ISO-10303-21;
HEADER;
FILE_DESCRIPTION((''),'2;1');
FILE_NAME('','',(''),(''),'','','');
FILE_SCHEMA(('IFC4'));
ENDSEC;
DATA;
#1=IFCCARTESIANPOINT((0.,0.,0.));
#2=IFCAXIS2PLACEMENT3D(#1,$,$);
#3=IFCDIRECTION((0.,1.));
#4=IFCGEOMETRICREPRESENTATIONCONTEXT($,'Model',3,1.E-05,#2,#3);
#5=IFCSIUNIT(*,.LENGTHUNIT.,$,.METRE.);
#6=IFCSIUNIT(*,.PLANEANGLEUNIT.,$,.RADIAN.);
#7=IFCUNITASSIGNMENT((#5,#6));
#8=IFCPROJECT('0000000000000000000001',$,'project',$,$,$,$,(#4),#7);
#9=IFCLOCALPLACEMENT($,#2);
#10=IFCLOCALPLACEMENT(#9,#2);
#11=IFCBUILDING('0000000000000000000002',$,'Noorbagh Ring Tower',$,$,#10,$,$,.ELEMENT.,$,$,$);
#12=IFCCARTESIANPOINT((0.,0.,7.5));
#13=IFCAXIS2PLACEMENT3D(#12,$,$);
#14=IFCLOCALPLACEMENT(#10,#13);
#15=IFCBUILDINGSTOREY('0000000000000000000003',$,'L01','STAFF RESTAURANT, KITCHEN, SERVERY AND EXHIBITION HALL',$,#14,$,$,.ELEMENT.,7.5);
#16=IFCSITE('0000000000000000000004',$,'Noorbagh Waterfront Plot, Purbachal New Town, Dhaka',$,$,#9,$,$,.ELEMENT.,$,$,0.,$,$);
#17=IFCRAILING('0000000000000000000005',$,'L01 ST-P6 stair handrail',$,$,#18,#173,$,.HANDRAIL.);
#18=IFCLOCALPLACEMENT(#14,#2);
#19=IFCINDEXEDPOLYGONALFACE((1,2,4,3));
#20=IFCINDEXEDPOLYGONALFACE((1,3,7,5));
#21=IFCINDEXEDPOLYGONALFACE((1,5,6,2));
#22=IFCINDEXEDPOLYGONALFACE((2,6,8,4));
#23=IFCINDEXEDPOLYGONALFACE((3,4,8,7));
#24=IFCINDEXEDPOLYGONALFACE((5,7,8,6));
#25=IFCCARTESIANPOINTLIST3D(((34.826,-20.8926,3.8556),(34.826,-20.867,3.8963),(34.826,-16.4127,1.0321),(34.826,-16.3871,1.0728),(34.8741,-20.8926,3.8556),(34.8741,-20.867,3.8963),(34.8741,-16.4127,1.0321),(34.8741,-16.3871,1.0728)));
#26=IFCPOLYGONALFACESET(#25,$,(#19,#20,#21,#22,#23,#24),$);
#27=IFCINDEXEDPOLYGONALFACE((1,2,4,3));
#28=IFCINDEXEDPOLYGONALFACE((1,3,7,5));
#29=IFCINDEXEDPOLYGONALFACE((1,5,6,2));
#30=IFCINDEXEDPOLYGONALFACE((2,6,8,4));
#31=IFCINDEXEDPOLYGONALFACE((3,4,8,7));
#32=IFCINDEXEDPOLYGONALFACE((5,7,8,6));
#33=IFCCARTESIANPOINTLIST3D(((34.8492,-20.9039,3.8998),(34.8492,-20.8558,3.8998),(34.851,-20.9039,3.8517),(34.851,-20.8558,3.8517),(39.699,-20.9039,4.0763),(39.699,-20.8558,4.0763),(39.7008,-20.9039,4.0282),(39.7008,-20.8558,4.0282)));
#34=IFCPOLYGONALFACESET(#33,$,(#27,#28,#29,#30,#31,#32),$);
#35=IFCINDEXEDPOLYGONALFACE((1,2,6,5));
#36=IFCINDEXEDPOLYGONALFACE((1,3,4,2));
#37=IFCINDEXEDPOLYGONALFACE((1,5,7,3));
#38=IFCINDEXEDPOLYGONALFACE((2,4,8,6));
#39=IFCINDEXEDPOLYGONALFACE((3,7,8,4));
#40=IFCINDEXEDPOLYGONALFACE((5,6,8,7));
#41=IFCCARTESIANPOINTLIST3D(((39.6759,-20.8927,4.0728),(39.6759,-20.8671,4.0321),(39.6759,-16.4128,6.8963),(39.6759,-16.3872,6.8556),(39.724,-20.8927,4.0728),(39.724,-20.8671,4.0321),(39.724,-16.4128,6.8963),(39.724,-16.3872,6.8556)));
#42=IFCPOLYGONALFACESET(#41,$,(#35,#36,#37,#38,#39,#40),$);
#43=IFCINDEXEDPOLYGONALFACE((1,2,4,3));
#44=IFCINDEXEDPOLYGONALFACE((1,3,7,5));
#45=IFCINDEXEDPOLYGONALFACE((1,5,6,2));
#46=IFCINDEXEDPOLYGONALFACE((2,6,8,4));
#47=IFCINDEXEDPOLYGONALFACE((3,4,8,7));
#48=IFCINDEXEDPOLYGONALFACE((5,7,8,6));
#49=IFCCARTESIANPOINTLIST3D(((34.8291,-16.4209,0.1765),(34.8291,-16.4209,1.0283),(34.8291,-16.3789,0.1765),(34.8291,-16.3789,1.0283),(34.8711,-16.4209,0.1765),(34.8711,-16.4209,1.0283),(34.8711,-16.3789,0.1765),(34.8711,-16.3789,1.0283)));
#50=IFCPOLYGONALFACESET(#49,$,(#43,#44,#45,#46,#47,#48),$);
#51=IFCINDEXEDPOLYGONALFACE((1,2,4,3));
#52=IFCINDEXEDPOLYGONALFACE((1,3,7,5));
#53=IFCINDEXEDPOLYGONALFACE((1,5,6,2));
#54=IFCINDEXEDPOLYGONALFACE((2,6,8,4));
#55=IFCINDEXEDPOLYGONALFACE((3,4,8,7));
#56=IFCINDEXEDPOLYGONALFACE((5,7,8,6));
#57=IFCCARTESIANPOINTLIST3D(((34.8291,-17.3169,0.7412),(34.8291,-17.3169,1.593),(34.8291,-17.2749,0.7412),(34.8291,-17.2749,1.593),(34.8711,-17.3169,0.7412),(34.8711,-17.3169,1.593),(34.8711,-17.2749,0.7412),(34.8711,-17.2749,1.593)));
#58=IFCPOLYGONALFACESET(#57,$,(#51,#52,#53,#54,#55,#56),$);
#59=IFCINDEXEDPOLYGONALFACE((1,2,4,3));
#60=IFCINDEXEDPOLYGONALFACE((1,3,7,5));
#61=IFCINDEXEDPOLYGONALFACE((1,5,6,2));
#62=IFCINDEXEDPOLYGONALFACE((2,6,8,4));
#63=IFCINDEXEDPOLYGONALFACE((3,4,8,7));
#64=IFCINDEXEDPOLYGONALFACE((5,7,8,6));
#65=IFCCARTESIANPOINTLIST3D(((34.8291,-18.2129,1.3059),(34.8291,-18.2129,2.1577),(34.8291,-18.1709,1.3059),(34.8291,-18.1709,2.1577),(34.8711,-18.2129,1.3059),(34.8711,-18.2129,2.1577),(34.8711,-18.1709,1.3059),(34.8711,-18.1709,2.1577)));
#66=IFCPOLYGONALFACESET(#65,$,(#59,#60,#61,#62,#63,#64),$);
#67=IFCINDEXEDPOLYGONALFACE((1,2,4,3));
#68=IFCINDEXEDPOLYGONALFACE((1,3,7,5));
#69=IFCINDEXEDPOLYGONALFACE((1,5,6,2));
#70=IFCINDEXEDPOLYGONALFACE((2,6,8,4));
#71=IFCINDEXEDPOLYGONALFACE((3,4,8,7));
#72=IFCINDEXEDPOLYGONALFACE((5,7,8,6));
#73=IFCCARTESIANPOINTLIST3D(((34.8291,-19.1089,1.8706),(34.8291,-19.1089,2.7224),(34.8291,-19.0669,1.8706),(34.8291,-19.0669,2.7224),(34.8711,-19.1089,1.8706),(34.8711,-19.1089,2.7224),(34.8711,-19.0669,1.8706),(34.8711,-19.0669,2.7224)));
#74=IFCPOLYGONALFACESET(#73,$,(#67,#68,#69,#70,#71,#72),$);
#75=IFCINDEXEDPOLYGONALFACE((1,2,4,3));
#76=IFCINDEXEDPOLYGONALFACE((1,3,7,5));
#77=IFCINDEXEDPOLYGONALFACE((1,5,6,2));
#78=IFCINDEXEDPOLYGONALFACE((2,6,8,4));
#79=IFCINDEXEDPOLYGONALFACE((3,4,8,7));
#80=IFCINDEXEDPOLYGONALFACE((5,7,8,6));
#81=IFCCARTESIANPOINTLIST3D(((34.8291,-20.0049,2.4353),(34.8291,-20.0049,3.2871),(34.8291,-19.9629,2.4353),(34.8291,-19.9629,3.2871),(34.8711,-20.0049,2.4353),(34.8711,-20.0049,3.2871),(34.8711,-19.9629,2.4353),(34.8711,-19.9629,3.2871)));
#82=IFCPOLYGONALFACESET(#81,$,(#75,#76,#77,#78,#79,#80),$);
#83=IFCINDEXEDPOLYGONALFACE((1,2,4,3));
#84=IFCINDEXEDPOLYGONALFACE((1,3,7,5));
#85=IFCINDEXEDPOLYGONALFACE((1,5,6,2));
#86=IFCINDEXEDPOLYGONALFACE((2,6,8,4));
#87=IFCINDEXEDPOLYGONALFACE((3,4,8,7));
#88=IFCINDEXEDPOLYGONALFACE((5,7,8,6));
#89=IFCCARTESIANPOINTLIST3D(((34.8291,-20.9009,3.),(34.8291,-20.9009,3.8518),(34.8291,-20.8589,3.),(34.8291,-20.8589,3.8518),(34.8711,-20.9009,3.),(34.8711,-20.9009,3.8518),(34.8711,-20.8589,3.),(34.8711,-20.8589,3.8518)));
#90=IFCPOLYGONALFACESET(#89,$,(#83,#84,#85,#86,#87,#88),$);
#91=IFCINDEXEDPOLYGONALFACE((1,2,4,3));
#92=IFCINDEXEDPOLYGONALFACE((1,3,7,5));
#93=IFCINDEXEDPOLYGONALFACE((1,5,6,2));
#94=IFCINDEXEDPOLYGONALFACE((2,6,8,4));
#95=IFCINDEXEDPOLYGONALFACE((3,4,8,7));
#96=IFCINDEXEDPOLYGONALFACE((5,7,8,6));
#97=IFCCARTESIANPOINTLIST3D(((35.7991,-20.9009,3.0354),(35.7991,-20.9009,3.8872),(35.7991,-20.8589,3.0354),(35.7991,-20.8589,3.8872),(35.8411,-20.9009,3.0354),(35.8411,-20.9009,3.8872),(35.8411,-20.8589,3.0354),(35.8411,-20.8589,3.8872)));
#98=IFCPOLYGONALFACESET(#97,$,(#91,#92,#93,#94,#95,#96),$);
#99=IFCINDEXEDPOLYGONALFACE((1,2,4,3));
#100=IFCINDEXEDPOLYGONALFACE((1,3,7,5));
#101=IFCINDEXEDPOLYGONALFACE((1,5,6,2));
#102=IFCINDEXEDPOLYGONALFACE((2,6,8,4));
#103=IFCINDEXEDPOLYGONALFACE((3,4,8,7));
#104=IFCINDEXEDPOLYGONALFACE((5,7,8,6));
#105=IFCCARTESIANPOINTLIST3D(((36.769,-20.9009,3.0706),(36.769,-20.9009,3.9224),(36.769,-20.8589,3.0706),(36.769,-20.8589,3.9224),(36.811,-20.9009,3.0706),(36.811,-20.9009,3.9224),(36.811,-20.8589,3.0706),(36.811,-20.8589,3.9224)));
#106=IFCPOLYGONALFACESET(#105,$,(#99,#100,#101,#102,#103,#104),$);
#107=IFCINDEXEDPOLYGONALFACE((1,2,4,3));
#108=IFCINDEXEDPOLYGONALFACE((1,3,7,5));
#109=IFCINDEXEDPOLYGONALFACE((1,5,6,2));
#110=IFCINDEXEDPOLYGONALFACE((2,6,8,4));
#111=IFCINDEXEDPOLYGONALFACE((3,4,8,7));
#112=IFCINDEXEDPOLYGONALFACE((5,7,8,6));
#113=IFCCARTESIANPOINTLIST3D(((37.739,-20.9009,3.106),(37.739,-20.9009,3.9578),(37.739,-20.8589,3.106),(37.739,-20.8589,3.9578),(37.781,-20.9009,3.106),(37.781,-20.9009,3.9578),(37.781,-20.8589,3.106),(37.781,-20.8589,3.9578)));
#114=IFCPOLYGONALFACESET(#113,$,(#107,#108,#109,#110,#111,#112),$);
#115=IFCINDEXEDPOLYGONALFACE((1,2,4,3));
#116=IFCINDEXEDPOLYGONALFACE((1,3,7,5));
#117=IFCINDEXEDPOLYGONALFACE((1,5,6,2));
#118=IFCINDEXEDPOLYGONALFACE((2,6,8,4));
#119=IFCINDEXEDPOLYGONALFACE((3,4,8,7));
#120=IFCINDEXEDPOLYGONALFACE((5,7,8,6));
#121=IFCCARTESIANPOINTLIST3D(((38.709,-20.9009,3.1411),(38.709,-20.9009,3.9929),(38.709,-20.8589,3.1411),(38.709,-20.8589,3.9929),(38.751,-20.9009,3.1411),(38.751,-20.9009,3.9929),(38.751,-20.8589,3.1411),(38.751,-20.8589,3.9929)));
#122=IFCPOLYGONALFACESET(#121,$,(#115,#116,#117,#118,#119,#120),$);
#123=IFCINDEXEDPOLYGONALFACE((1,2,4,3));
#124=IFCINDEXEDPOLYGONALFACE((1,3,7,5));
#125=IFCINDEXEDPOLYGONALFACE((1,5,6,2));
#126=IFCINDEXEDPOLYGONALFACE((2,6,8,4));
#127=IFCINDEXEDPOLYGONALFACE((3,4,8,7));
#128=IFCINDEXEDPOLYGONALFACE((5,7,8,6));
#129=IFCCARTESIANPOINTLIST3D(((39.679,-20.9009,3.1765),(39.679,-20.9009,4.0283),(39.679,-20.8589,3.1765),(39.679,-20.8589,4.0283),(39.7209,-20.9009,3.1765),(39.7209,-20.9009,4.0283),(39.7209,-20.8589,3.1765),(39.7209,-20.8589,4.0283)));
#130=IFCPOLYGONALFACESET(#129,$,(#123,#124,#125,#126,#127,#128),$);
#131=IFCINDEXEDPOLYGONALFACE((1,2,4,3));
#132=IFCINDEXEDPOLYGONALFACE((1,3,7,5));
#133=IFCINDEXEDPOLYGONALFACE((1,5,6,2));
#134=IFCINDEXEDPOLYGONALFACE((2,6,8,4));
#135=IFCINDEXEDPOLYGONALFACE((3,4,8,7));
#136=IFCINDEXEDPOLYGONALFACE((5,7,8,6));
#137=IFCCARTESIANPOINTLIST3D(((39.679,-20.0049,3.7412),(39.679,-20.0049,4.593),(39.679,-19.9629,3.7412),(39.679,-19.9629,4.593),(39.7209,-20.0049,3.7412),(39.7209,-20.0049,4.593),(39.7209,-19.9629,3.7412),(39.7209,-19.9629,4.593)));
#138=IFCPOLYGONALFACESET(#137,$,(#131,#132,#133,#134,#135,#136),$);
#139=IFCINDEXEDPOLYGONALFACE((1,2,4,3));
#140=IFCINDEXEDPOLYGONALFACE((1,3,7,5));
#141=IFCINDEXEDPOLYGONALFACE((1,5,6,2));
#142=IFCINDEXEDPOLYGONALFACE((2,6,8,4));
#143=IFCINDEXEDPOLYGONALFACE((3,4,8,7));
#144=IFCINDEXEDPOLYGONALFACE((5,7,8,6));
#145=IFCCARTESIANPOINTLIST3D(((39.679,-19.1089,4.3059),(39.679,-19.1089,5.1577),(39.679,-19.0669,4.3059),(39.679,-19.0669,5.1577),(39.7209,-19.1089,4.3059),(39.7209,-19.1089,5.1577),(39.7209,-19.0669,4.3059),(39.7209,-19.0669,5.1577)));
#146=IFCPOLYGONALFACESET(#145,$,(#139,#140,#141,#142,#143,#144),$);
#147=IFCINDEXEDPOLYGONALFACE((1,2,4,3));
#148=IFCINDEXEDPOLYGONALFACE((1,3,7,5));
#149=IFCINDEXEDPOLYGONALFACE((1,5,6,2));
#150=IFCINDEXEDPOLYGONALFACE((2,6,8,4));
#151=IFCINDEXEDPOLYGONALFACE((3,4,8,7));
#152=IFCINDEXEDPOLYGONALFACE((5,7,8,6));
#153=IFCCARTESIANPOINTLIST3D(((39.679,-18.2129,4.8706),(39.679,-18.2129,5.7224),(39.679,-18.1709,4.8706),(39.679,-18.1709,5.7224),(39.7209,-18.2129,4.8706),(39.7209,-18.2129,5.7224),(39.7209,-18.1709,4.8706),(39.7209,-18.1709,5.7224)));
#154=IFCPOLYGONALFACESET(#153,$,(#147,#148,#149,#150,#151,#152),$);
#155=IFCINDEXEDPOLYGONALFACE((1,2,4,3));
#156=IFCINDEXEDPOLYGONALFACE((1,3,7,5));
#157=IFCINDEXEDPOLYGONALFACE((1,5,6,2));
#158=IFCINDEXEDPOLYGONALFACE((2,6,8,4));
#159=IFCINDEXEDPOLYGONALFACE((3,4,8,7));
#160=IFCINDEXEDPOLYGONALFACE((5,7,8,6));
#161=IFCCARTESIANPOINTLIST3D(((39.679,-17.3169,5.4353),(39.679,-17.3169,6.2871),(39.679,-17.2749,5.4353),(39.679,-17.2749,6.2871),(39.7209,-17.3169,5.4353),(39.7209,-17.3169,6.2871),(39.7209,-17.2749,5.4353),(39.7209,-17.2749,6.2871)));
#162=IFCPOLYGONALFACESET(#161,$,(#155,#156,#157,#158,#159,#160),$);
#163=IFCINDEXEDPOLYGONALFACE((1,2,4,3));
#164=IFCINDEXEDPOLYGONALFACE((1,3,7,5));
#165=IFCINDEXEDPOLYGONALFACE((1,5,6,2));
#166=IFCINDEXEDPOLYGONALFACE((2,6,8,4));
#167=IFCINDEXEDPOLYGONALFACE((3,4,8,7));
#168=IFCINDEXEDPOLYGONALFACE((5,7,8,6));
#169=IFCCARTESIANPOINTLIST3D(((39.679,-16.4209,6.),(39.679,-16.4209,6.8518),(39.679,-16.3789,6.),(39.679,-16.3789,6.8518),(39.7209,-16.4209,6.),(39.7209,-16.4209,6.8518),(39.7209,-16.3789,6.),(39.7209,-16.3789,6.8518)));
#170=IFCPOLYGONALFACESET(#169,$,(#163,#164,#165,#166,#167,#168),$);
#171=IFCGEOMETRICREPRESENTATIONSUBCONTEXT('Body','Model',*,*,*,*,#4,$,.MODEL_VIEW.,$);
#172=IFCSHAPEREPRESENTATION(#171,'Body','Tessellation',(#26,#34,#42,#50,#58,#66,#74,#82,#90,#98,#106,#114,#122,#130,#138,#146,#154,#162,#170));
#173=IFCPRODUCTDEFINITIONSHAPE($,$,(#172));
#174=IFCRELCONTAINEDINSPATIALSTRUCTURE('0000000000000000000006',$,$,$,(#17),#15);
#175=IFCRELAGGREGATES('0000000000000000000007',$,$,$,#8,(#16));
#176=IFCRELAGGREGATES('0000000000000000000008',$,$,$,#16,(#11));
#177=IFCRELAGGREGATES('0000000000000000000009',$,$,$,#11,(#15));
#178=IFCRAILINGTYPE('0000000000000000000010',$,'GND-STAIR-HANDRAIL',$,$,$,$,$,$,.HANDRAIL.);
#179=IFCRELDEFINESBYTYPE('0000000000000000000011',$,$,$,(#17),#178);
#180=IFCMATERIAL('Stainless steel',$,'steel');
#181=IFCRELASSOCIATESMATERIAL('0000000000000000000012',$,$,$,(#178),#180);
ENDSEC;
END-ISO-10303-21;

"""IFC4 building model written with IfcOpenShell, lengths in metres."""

from ifc_helpers import new_model, si_unit, direction, frame, origin, origin_2d, place, context, subcontext, project, spatial, rectangle, extrude, material, type_object, element, save


model = new_model("IFC4")

# Units and contexts
model_context = context("Model", 3, precision=1e-05, world=origin(), true_north=direction((0.0, 1.0)))
body_context = subcontext(model_context, "Body", "Model", "MODEL_VIEW")
ifc_project = project(units=[si_unit("LENGTHUNIT", "METRE"), si_unit("PLANEANGLEUNIT", "RADIAN")], contexts=[model_context])

# Site, building, storey
site_placement = place(None, origin())
site = spatial("IfcSite", under=ifc_project, at=site_placement, Name="Noorbagh Waterfront Plot, Purbachal New Town, Dhaka", CompositionType="ELEMENT", RefElevation=0.0)
building_placement = place(site_placement, origin())
building = spatial("IfcBuilding", under=site, at=building_placement, Name="Noorbagh Ring Tower", CompositionType="ELEMENT")
storey_placement = place(building_placement, frame((0.0, 0.0, 7.5)))
storey = spatial("IfcBuildingStorey", under=building, at=storey_placement, Name="L01", Description="STAFF RESTAURANT, KITCHEN, SERVERY AND EXHIBITION HALL", CompositionType="ELEMENT", Elevation=7.5)

# Railing
ifc_material_1 = material(Name="Stainless steel", Category="steel")
railing_type_1 = type_object("IfcRailingType", Name="GND-STAIR-HANDRAIL", PredefinedType="HANDRAIL", material=ifc_material_1)
railing_1_placement = place(storey_placement, frame((34.8501, -16.3999, 0.1765)))
element("IfcRailing", 1, at=railing_1_placement, inside=storey, type_object=railing_type_1, Name="L01 ST-P6 stair handrail", PredefinedType="HANDRAIL", context=body_context, shape_type="SweptSolid", body=[
    extrude(rectangle(XDim=0.0481, YDim=0.0481, at=origin_2d()), frame((0.0, 0.0, 0.876), z_axis=(0.0, -0.845998, 0.533186), x_axis=(1.0, 0.0, 0.0)), (0.0, 0.0, 1.0), 5.2954),
    extrude(rectangle(XDim=0.0481, YDim=0.0481, at=origin_2d()), frame((0.0, -4.48, 3.6992), z_axis=(0.999338, 0.0, 0.036372), x_axis=(0.0, 1.0, 0.0)), (0.0, 0.0, 1.0), 4.853),
    extrude(rectangle(XDim=0.0481, YDim=0.0481, at=origin_2d()), frame((4.8499, -4.48, 3.876), z_axis=(0.0, 0.845998, 0.533186), x_axis=(-1.0, 0.0, 0.0)), (0.0, 0.0, 1.0), 5.2954),
    extrude(rectangle(XDim=0.042, YDim=0.042, at=origin_2d()), origin(), (0.0, 0.0, 1.0), 0.8518),
    extrude(rectangle(XDim=0.042, YDim=0.042, at=origin_2d()), frame((0.0, -0.896, 0.5647)), (0.0, 0.0, 1.0), 0.8518),
    extrude(rectangle(XDim=0.042, YDim=0.042, at=origin_2d()), frame((0.0, -1.792, 1.1294)), (0.0, 0.0, 1.0), 0.8518),
    extrude(rectangle(XDim=0.042, YDim=0.042, at=origin_2d()), frame((0.0, -2.688, 1.6941)), (0.0, 0.0, 1.0), 0.8518),
    extrude(rectangle(XDim=0.042, YDim=0.042, at=origin_2d()), frame((0.0, -3.584, 2.2588)), (0.0, 0.0, 1.0), 0.8518),
    extrude(rectangle(XDim=0.042, YDim=0.042, at=origin_2d()), frame((0.0, -4.48, 2.8235)), (0.0, 0.0, 1.0), 0.8518),
    extrude(rectangle(XDim=0.042, YDim=0.042, at=origin_2d()), frame((0.97, -4.48, 2.8589)), (0.0, 0.0, 1.0), 0.8518),
    extrude(rectangle(XDim=0.042, YDim=0.042, at=origin_2d()), frame((1.9399, -4.48, 2.894)), (0.0, 0.0, 1.0), 0.8518),
    extrude(rectangle(XDim=0.042, YDim=0.042, at=origin_2d()), frame((2.9099, -4.48, 2.9294)), (0.0, 0.0, 1.0), 0.8518),
    extrude(rectangle(XDim=0.042, YDim=0.042, at=origin_2d()), frame((3.8799, -4.48, 2.9646)), (0.0, 0.0, 1.0), 0.8518),
    extrude(rectangle(XDim=0.042, YDim=0.042, at=origin_2d()), frame((4.8499, -4.48, 3.0)), (0.0, 0.0, 1.0), 0.8518),
    extrude(rectangle(XDim=0.042, YDim=0.042, at=origin_2d()), frame((4.8499, -3.584, 3.5647)), (0.0, 0.0, 1.0), 0.8518),
    extrude(rectangle(XDim=0.042, YDim=0.042, at=origin_2d()), frame((4.8499, -2.688, 4.1294)), (0.0, 0.0, 1.0), 0.8518),
    extrude(rectangle(XDim=0.042, YDim=0.042, at=origin_2d()), frame((4.8499, -1.792, 4.6941)), (0.0, 0.0, 1.0), 0.8518),
    extrude(rectangle(XDim=0.042, YDim=0.042, at=origin_2d()), frame((4.8499, -0.896, 5.2588)), (0.0, 0.0, 1.0), 0.8518),
    extrude(rectangle(XDim=0.042, YDim=0.042, at=origin_2d()), frame((4.8499, 0.0, 5.8235)), (0.0, 0.0, 1.0), 0.8518),
])

save(model, "model.ifc")
